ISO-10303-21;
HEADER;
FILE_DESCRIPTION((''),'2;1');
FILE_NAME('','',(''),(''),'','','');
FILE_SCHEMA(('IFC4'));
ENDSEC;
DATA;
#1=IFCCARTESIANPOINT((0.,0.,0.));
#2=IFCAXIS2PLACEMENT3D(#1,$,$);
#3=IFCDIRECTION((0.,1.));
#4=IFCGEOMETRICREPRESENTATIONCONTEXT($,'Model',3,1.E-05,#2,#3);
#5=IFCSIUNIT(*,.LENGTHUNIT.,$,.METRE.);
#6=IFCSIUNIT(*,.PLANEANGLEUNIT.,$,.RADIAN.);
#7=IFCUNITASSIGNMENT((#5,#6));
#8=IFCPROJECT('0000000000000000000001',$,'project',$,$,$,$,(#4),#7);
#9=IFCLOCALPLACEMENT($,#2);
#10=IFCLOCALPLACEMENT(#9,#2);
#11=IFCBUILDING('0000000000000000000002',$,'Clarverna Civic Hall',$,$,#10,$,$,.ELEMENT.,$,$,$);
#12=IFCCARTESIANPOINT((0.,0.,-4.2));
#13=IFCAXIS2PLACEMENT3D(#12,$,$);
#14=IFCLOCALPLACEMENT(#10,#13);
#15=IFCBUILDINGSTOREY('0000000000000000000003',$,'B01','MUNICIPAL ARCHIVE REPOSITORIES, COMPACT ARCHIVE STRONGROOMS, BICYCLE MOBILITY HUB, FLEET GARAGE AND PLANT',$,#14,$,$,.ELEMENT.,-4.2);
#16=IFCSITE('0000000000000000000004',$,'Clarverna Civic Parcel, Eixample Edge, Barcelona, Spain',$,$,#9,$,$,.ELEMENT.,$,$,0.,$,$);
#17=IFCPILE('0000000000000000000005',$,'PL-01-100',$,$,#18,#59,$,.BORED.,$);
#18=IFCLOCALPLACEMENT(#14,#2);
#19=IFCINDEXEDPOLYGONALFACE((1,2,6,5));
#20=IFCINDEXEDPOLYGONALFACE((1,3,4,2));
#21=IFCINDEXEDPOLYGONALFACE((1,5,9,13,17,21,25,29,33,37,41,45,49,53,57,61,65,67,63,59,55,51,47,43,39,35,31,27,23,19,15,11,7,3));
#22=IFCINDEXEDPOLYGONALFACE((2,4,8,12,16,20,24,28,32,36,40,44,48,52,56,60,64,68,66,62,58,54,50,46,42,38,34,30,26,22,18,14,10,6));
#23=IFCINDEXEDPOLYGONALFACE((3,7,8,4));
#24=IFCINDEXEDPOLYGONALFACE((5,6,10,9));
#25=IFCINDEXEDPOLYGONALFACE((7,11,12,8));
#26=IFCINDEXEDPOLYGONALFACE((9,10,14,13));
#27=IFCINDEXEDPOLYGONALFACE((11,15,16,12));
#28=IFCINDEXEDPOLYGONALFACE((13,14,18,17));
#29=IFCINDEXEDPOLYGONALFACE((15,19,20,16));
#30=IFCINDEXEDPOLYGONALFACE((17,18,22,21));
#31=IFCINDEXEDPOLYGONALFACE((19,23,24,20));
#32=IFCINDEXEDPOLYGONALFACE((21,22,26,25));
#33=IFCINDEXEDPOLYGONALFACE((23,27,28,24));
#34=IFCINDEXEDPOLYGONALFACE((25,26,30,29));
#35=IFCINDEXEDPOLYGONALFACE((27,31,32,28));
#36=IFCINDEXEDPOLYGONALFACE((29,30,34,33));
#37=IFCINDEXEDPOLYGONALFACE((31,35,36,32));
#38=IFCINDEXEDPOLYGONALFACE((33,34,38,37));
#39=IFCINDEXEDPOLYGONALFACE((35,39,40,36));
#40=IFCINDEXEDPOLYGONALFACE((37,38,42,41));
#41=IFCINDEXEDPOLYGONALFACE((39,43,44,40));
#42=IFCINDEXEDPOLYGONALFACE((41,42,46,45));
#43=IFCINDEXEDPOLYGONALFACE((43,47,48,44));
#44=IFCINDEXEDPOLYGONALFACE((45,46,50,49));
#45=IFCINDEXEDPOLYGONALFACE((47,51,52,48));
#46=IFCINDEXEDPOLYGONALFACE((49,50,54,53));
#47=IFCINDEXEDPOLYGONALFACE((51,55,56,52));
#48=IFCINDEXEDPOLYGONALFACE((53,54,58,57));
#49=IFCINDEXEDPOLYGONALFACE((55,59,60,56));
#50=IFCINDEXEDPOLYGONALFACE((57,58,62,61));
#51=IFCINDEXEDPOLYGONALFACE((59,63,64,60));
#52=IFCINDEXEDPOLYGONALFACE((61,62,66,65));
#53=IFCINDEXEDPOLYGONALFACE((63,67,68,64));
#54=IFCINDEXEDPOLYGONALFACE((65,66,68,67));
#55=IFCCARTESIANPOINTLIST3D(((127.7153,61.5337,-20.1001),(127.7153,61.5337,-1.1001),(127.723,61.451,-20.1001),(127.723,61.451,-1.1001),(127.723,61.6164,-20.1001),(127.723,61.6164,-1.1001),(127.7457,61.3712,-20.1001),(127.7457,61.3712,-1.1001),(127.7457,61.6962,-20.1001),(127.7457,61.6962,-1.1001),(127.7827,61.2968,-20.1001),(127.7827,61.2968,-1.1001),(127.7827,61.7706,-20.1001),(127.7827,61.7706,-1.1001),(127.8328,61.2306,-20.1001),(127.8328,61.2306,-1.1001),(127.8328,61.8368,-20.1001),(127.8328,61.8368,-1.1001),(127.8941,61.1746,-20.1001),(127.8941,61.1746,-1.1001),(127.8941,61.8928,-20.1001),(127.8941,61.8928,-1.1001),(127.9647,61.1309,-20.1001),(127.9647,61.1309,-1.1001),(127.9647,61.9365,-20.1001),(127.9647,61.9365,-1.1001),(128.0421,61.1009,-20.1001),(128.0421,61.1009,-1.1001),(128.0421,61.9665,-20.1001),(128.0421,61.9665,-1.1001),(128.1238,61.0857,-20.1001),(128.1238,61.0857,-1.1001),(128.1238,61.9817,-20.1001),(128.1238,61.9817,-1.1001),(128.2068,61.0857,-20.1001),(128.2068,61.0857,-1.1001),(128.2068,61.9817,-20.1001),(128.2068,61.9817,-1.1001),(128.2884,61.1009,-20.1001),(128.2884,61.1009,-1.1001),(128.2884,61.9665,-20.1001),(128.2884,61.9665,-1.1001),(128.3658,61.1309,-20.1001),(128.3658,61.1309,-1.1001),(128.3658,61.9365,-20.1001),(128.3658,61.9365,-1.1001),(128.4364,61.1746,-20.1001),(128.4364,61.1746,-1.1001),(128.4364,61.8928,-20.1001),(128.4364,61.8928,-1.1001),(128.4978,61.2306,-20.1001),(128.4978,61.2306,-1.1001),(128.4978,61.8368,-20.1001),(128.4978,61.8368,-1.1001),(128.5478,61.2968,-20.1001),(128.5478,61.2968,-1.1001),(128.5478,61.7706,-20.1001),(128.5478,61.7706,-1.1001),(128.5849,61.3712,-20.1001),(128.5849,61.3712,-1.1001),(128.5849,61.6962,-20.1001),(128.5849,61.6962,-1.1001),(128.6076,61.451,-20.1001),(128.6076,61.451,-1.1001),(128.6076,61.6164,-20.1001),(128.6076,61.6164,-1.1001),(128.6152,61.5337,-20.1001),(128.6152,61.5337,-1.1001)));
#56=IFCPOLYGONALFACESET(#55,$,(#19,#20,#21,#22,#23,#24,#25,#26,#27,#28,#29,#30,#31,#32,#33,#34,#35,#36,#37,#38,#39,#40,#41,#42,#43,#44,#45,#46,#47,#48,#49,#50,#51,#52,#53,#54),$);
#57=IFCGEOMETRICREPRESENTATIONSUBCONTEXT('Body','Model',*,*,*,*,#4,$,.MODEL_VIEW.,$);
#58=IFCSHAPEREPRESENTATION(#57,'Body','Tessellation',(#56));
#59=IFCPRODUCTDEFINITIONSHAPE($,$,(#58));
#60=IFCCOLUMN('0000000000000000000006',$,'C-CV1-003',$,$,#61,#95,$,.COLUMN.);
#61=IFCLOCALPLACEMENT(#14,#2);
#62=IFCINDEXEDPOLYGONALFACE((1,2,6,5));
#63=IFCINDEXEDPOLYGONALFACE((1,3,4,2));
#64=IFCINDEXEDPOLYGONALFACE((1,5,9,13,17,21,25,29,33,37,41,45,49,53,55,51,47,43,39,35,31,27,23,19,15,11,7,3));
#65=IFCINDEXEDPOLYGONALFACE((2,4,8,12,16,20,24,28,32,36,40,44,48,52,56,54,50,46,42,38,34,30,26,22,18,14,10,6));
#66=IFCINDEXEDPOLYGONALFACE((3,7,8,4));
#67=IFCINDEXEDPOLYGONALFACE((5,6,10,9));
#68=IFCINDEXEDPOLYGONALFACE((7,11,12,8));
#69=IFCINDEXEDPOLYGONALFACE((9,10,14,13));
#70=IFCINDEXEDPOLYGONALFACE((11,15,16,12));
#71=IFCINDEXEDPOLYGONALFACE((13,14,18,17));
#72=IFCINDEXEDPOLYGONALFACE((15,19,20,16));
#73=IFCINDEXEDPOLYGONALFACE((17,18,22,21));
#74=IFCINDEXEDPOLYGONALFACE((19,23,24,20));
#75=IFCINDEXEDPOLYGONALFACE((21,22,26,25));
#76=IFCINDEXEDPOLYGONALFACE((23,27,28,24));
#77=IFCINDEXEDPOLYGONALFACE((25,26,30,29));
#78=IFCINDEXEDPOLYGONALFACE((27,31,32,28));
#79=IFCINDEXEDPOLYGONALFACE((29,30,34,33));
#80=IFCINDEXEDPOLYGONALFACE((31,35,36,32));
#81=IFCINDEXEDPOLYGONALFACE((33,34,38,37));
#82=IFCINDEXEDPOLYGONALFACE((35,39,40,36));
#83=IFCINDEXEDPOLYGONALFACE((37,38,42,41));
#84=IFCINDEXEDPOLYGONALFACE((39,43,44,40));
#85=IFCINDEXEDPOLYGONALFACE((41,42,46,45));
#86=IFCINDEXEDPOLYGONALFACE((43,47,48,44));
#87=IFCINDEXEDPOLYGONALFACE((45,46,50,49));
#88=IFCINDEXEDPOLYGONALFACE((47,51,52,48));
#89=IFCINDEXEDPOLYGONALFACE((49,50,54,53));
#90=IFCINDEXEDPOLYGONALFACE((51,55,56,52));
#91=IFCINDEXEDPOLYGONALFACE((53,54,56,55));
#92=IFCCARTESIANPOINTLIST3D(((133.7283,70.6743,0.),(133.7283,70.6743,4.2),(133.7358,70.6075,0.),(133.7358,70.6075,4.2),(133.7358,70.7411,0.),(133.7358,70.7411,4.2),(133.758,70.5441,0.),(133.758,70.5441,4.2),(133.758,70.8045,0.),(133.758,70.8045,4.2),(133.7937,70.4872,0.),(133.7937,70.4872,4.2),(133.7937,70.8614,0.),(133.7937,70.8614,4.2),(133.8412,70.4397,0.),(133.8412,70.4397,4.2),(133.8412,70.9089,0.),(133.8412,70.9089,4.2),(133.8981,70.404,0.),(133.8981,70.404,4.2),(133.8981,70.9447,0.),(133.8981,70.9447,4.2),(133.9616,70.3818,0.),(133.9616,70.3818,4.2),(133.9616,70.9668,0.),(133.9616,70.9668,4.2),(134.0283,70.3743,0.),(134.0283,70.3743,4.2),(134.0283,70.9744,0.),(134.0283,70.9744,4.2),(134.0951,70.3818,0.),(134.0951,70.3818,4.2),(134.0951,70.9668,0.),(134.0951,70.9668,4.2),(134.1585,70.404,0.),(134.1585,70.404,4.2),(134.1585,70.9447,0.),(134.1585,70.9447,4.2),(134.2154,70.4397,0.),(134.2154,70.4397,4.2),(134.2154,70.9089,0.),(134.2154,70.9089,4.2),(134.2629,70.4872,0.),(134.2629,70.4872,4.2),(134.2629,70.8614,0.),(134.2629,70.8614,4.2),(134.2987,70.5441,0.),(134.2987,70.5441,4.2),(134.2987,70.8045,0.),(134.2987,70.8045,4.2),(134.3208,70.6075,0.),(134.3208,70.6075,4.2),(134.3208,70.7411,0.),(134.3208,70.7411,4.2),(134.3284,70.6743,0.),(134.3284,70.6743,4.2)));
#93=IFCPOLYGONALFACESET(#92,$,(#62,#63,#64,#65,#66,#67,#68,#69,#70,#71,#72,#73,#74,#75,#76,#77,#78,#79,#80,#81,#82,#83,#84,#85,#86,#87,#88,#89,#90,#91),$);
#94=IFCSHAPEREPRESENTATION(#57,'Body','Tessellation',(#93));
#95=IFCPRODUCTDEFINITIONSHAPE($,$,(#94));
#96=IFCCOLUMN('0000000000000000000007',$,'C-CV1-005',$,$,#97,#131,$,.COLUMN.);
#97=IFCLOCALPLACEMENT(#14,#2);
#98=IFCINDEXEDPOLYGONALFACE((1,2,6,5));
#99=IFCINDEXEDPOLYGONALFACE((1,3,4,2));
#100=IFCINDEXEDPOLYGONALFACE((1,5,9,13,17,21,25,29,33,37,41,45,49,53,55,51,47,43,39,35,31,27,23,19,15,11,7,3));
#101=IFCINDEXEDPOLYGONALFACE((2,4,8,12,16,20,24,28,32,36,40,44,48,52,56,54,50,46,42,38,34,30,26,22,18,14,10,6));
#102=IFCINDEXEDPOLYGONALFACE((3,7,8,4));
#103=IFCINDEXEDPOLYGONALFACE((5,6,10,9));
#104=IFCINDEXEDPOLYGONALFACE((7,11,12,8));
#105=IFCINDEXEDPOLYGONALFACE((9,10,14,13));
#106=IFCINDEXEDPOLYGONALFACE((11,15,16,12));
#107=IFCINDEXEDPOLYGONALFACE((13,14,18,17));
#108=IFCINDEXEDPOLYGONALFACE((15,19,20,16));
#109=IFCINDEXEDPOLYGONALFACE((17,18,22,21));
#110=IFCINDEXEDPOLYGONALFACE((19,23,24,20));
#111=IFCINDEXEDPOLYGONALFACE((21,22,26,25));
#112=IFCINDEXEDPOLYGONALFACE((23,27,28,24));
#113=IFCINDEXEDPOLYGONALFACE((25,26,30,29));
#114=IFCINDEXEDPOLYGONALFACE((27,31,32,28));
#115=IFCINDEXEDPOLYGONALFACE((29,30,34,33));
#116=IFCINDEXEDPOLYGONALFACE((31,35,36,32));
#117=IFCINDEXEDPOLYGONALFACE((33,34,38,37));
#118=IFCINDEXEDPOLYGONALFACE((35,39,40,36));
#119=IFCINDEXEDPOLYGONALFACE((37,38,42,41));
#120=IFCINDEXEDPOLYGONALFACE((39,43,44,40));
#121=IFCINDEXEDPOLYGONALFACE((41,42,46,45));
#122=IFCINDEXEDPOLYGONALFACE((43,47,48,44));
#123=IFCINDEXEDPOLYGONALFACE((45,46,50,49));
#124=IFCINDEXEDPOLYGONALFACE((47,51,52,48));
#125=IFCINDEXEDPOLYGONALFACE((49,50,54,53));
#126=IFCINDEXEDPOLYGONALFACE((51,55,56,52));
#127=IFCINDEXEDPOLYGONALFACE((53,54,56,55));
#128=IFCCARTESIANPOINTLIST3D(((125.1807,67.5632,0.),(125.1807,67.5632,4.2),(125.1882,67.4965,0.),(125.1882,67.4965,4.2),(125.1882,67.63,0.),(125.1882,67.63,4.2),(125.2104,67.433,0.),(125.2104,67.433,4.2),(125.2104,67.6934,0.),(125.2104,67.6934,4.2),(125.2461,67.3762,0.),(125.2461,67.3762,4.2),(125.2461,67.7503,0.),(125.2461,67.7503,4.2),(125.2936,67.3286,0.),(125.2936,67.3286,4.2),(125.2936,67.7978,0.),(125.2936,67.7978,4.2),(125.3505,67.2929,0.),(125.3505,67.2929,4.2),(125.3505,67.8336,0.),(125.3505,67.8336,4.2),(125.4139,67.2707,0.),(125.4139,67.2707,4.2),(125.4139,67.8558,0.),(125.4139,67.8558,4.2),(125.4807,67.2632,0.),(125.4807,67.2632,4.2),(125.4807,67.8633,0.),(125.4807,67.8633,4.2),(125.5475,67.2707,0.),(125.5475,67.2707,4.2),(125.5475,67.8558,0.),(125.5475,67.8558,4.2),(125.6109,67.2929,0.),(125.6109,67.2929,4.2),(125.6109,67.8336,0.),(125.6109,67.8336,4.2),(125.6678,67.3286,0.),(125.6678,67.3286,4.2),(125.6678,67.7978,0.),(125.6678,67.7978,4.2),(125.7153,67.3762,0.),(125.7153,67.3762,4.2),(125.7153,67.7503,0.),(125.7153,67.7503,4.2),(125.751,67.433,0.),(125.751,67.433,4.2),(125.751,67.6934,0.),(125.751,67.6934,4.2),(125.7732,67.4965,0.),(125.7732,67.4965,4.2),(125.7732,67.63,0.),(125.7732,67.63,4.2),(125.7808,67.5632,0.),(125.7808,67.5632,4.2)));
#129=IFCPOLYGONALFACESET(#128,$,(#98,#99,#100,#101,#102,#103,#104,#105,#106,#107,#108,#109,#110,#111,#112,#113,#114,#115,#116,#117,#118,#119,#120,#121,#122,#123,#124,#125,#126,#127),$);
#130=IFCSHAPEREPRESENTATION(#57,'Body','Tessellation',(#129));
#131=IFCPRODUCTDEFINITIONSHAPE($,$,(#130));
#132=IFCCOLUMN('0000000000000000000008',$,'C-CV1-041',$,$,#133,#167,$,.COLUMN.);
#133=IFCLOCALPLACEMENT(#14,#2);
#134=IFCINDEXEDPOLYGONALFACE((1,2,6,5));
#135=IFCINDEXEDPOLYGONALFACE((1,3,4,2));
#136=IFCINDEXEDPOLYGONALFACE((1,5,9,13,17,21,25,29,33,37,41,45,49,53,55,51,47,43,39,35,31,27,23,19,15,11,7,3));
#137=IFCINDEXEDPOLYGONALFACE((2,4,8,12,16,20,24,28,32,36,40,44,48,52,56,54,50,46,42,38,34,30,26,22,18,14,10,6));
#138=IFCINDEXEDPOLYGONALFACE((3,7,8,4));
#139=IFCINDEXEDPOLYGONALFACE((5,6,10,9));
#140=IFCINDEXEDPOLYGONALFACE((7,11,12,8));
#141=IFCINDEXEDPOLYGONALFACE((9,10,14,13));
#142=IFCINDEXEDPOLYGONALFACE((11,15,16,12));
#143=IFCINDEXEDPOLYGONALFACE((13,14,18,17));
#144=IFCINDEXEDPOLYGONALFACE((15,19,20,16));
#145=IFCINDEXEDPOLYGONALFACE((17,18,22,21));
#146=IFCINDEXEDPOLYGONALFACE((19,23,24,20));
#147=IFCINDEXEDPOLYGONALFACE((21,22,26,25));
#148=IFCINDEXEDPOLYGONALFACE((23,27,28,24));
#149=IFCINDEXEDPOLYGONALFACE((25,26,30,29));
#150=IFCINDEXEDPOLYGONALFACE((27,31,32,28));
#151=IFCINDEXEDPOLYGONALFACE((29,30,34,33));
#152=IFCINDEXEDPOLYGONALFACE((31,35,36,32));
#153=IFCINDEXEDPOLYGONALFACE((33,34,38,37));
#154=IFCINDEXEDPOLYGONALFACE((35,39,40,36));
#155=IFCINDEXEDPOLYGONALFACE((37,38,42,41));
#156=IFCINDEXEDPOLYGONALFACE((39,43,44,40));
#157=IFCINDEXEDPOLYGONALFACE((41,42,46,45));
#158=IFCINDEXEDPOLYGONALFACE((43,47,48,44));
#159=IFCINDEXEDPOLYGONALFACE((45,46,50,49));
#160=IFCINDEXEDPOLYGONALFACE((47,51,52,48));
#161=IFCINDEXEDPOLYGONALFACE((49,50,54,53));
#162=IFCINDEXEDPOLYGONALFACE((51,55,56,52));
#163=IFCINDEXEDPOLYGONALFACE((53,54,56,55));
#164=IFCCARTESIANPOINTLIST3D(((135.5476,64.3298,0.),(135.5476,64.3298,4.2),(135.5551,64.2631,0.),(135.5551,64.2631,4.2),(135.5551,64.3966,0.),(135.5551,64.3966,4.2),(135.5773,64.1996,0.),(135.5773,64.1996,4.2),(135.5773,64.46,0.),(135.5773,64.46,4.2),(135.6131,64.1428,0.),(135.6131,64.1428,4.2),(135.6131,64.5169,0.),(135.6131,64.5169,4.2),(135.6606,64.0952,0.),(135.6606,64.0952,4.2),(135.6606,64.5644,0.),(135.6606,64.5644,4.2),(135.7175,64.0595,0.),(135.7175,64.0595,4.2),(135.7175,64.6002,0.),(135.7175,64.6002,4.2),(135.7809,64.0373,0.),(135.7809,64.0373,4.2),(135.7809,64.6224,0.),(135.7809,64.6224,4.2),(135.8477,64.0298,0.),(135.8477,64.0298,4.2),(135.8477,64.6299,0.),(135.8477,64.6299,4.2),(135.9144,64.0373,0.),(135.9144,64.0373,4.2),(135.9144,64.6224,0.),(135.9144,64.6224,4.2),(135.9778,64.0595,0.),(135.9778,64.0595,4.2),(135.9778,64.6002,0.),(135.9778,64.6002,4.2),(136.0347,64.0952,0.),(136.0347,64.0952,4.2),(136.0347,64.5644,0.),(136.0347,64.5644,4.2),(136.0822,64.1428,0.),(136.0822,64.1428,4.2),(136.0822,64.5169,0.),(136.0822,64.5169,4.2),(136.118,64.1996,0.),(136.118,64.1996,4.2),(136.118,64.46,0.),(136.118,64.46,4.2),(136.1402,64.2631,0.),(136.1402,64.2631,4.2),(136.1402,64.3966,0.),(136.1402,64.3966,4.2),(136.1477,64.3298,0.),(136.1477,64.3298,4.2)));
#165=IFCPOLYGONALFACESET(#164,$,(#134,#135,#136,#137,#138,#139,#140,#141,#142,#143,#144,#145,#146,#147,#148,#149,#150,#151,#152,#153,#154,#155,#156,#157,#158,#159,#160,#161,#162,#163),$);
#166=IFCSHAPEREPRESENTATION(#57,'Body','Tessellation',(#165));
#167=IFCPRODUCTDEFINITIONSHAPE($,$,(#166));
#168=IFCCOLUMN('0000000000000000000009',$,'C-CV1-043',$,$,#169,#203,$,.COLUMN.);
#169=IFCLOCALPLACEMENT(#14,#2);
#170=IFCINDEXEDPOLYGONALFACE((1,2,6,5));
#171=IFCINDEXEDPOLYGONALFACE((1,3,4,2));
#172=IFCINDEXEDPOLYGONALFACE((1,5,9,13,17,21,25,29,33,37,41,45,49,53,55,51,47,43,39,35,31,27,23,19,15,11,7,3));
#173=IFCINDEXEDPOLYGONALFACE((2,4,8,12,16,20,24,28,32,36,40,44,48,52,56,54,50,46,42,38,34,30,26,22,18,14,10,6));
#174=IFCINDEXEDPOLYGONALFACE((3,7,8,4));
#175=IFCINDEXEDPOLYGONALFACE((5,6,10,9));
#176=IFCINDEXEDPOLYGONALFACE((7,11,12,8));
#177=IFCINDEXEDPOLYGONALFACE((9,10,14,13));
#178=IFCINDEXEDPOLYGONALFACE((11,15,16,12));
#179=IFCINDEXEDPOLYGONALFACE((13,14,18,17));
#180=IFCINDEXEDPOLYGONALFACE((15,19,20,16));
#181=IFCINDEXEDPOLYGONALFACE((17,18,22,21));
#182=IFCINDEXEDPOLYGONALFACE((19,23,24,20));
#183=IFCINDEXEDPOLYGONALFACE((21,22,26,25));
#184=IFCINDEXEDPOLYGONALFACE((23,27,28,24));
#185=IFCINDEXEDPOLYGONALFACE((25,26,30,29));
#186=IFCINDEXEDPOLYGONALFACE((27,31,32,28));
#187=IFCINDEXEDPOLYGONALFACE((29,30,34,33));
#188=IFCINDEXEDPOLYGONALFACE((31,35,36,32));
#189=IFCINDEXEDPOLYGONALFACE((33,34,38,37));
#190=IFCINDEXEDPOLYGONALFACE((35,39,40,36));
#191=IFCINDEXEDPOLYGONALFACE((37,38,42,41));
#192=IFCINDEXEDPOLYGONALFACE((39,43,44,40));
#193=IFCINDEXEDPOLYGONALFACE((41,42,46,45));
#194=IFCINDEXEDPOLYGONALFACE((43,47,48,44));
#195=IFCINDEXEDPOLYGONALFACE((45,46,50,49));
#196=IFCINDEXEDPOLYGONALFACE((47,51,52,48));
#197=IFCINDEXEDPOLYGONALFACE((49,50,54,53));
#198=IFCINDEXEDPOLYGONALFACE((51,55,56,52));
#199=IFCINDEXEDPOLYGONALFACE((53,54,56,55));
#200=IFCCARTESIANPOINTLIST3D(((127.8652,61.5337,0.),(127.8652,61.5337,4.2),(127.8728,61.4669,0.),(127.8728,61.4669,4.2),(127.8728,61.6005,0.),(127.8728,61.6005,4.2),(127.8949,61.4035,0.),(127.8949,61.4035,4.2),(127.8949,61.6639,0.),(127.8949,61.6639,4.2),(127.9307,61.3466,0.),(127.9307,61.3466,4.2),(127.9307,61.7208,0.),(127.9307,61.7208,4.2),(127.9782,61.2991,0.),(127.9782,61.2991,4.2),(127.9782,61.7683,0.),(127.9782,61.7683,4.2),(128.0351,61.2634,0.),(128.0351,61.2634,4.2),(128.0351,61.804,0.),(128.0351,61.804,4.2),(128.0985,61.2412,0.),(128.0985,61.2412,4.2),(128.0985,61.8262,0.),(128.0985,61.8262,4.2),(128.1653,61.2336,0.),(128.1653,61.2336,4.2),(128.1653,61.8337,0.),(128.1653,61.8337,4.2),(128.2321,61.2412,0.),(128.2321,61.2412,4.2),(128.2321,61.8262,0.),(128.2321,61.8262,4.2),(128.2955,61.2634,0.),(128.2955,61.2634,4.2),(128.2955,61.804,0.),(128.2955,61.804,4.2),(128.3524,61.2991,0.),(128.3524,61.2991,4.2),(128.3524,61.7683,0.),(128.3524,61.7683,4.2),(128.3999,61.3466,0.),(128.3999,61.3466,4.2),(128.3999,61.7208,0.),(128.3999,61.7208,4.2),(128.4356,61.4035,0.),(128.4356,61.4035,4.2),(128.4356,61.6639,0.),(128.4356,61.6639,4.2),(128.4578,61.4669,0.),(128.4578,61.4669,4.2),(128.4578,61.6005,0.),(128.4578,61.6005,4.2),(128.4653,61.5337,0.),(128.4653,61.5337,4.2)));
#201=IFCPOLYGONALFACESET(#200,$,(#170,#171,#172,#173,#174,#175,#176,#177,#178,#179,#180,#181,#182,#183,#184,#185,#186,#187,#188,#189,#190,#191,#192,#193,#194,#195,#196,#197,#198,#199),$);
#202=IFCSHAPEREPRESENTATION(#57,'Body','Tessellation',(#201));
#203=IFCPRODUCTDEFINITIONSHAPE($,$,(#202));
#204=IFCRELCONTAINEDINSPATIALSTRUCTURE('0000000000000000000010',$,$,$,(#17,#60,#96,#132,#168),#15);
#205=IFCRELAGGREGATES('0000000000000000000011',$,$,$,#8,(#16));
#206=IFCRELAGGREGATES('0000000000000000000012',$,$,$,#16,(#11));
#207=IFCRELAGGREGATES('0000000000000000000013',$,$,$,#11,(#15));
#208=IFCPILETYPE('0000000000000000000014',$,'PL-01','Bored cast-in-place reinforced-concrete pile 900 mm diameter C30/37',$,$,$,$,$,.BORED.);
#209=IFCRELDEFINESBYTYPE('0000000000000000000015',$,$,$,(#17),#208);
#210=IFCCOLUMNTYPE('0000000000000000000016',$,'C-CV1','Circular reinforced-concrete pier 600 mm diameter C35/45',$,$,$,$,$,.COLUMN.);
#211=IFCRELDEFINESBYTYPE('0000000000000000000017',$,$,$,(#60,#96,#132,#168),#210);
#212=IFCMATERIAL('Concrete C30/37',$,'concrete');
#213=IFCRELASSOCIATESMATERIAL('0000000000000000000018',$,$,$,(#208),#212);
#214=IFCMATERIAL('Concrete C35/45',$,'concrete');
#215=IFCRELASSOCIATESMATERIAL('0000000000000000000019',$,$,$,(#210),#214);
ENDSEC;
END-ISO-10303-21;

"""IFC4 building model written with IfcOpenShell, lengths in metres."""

from ifc_helpers import new_model, si_unit, direction, frame, origin, origin_2d, place, context, subcontext, project, spatial, circle, extrude, material, material_profile, profile_set, type_object, element, save


model = new_model("IFC4")

# Units and contexts
model_context = context("Model", 3, precision=1e-05, world=origin(), true_north=direction((0.0, 1.0)))
body_context = subcontext(model_context, "Body", "Model", "MODEL_VIEW")
ifc_project = project(units=[si_unit("LENGTHUNIT", "METRE"), si_unit("PLANEANGLEUNIT", "RADIAN")], contexts=[model_context])

# Site, building, storey
site_placement = place(None, origin())
site = spatial("IfcSite", under=ifc_project, at=site_placement, Name="Clarverna Civic Parcel, Eixample Edge, Barcelona, Spain", CompositionType="ELEMENT", RefElevation=0.0)
building_placement = place(site_placement, origin())
building = spatial("IfcBuilding", under=site, at=building_placement, Name="Clarverna Civic Hall", CompositionType="ELEMENT")
storey_placement = place(building_placement, frame((0.0, 0.0, -4.2)))
storey = spatial("IfcBuildingStorey", under=building, at=storey_placement, Name="B01", Description="MUNICIPAL ARCHIVE REPOSITORIES, COMPACT ARCHIVE STRONGROOMS, BICYCLE MOBILITY HUB, FLEET GARAGE AND PLANT", CompositionType="ELEMENT", Elevation=-4.2)

# Shared definitions
ifc_material_1 = material(Name="Concrete C30/37", Category="concrete")

# Pile
ifc_material_profile_1 = material_profile(ifc_material_1, circle(Radius=0.45, at=origin_2d()), Name="BORED PILE D900")
ifc_profile_set_1 = profile_set([ifc_material_profile_1], Name="Concrete C30/37")
pile_type = type_object("IfcPileType", Name="PL-01", Description="Bored cast-in-place reinforced-concrete pile 900 mm diameter C30/37", PredefinedType="BORED", material=ifc_profile_set_1)
for number, where, z_axis, x_axis, name in (
    (1, (128.1653, 61.5337, -1.1001), (0.0, 0.0, -1.0), (1.0, 0.0, 0.0), "PL-01-100"),
):
    element("IfcPile", number, at=place(storey_placement, frame(where, z_axis=z_axis, x_axis=x_axis)), inside=storey, type_object=pile_type, Name=name, PredefinedType="BORED", context=body_context, shape_type="SweptSolid", body=[
        extrude(circle(Radius=0.45, at=origin_2d()), origin(), (0.0, 0.0, 1.0), 19.0),
    ])

# Columns
ifc_material_2 = material(Name="Concrete C35/45", Category="concrete")
ifc_material_profile_2 = material_profile(ifc_material_2, circle(Radius=0.3, at=origin_2d()), Name="RC D600")
ifc_profile_set_2 = profile_set([ifc_material_profile_2], Name="Concrete C35/45")
column_type = type_object("IfcColumnType", Name="C-CV1", Description="Circular reinforced-concrete pier 600 mm diameter C35/45", PredefinedType="COLUMN", material=ifc_profile_set_2)
for number, where, z_axis, x_axis, name in (
    (2, (134.0283, 70.6743, 0.0), (0.0, 0.0, 1.0), (1.0, 0.0, 0.0), "C-CV1-003"),
    (3, (125.4807, 67.5632, 0.0), (0.0, 0.0, 1.0), (1.0, 0.0, 0.0), "C-CV1-005"),
    (4, (135.8477, 64.3298, 0.0), (0.0, 0.0, 1.0), (1.0, 0.0, 0.0), "C-CV1-041"),
    (5, (128.1653, 61.5337, 0.0), (0.0, 0.0, 1.0), (1.0, 0.0, 0.0), "C-CV1-043"),
):
    element("IfcColumn", number, at=place(storey_placement, frame(where, z_axis=z_axis, x_axis=x_axis)), inside=storey, type_object=column_type, Name=name, PredefinedType="COLUMN", context=body_context, shape_type="SweptSolid", body=[
        extrude(circle(Radius=0.3, at=origin_2d()), origin(), (0.0, 0.0, 1.0), 4.2),
    ])

save(model, "model.ifc")
